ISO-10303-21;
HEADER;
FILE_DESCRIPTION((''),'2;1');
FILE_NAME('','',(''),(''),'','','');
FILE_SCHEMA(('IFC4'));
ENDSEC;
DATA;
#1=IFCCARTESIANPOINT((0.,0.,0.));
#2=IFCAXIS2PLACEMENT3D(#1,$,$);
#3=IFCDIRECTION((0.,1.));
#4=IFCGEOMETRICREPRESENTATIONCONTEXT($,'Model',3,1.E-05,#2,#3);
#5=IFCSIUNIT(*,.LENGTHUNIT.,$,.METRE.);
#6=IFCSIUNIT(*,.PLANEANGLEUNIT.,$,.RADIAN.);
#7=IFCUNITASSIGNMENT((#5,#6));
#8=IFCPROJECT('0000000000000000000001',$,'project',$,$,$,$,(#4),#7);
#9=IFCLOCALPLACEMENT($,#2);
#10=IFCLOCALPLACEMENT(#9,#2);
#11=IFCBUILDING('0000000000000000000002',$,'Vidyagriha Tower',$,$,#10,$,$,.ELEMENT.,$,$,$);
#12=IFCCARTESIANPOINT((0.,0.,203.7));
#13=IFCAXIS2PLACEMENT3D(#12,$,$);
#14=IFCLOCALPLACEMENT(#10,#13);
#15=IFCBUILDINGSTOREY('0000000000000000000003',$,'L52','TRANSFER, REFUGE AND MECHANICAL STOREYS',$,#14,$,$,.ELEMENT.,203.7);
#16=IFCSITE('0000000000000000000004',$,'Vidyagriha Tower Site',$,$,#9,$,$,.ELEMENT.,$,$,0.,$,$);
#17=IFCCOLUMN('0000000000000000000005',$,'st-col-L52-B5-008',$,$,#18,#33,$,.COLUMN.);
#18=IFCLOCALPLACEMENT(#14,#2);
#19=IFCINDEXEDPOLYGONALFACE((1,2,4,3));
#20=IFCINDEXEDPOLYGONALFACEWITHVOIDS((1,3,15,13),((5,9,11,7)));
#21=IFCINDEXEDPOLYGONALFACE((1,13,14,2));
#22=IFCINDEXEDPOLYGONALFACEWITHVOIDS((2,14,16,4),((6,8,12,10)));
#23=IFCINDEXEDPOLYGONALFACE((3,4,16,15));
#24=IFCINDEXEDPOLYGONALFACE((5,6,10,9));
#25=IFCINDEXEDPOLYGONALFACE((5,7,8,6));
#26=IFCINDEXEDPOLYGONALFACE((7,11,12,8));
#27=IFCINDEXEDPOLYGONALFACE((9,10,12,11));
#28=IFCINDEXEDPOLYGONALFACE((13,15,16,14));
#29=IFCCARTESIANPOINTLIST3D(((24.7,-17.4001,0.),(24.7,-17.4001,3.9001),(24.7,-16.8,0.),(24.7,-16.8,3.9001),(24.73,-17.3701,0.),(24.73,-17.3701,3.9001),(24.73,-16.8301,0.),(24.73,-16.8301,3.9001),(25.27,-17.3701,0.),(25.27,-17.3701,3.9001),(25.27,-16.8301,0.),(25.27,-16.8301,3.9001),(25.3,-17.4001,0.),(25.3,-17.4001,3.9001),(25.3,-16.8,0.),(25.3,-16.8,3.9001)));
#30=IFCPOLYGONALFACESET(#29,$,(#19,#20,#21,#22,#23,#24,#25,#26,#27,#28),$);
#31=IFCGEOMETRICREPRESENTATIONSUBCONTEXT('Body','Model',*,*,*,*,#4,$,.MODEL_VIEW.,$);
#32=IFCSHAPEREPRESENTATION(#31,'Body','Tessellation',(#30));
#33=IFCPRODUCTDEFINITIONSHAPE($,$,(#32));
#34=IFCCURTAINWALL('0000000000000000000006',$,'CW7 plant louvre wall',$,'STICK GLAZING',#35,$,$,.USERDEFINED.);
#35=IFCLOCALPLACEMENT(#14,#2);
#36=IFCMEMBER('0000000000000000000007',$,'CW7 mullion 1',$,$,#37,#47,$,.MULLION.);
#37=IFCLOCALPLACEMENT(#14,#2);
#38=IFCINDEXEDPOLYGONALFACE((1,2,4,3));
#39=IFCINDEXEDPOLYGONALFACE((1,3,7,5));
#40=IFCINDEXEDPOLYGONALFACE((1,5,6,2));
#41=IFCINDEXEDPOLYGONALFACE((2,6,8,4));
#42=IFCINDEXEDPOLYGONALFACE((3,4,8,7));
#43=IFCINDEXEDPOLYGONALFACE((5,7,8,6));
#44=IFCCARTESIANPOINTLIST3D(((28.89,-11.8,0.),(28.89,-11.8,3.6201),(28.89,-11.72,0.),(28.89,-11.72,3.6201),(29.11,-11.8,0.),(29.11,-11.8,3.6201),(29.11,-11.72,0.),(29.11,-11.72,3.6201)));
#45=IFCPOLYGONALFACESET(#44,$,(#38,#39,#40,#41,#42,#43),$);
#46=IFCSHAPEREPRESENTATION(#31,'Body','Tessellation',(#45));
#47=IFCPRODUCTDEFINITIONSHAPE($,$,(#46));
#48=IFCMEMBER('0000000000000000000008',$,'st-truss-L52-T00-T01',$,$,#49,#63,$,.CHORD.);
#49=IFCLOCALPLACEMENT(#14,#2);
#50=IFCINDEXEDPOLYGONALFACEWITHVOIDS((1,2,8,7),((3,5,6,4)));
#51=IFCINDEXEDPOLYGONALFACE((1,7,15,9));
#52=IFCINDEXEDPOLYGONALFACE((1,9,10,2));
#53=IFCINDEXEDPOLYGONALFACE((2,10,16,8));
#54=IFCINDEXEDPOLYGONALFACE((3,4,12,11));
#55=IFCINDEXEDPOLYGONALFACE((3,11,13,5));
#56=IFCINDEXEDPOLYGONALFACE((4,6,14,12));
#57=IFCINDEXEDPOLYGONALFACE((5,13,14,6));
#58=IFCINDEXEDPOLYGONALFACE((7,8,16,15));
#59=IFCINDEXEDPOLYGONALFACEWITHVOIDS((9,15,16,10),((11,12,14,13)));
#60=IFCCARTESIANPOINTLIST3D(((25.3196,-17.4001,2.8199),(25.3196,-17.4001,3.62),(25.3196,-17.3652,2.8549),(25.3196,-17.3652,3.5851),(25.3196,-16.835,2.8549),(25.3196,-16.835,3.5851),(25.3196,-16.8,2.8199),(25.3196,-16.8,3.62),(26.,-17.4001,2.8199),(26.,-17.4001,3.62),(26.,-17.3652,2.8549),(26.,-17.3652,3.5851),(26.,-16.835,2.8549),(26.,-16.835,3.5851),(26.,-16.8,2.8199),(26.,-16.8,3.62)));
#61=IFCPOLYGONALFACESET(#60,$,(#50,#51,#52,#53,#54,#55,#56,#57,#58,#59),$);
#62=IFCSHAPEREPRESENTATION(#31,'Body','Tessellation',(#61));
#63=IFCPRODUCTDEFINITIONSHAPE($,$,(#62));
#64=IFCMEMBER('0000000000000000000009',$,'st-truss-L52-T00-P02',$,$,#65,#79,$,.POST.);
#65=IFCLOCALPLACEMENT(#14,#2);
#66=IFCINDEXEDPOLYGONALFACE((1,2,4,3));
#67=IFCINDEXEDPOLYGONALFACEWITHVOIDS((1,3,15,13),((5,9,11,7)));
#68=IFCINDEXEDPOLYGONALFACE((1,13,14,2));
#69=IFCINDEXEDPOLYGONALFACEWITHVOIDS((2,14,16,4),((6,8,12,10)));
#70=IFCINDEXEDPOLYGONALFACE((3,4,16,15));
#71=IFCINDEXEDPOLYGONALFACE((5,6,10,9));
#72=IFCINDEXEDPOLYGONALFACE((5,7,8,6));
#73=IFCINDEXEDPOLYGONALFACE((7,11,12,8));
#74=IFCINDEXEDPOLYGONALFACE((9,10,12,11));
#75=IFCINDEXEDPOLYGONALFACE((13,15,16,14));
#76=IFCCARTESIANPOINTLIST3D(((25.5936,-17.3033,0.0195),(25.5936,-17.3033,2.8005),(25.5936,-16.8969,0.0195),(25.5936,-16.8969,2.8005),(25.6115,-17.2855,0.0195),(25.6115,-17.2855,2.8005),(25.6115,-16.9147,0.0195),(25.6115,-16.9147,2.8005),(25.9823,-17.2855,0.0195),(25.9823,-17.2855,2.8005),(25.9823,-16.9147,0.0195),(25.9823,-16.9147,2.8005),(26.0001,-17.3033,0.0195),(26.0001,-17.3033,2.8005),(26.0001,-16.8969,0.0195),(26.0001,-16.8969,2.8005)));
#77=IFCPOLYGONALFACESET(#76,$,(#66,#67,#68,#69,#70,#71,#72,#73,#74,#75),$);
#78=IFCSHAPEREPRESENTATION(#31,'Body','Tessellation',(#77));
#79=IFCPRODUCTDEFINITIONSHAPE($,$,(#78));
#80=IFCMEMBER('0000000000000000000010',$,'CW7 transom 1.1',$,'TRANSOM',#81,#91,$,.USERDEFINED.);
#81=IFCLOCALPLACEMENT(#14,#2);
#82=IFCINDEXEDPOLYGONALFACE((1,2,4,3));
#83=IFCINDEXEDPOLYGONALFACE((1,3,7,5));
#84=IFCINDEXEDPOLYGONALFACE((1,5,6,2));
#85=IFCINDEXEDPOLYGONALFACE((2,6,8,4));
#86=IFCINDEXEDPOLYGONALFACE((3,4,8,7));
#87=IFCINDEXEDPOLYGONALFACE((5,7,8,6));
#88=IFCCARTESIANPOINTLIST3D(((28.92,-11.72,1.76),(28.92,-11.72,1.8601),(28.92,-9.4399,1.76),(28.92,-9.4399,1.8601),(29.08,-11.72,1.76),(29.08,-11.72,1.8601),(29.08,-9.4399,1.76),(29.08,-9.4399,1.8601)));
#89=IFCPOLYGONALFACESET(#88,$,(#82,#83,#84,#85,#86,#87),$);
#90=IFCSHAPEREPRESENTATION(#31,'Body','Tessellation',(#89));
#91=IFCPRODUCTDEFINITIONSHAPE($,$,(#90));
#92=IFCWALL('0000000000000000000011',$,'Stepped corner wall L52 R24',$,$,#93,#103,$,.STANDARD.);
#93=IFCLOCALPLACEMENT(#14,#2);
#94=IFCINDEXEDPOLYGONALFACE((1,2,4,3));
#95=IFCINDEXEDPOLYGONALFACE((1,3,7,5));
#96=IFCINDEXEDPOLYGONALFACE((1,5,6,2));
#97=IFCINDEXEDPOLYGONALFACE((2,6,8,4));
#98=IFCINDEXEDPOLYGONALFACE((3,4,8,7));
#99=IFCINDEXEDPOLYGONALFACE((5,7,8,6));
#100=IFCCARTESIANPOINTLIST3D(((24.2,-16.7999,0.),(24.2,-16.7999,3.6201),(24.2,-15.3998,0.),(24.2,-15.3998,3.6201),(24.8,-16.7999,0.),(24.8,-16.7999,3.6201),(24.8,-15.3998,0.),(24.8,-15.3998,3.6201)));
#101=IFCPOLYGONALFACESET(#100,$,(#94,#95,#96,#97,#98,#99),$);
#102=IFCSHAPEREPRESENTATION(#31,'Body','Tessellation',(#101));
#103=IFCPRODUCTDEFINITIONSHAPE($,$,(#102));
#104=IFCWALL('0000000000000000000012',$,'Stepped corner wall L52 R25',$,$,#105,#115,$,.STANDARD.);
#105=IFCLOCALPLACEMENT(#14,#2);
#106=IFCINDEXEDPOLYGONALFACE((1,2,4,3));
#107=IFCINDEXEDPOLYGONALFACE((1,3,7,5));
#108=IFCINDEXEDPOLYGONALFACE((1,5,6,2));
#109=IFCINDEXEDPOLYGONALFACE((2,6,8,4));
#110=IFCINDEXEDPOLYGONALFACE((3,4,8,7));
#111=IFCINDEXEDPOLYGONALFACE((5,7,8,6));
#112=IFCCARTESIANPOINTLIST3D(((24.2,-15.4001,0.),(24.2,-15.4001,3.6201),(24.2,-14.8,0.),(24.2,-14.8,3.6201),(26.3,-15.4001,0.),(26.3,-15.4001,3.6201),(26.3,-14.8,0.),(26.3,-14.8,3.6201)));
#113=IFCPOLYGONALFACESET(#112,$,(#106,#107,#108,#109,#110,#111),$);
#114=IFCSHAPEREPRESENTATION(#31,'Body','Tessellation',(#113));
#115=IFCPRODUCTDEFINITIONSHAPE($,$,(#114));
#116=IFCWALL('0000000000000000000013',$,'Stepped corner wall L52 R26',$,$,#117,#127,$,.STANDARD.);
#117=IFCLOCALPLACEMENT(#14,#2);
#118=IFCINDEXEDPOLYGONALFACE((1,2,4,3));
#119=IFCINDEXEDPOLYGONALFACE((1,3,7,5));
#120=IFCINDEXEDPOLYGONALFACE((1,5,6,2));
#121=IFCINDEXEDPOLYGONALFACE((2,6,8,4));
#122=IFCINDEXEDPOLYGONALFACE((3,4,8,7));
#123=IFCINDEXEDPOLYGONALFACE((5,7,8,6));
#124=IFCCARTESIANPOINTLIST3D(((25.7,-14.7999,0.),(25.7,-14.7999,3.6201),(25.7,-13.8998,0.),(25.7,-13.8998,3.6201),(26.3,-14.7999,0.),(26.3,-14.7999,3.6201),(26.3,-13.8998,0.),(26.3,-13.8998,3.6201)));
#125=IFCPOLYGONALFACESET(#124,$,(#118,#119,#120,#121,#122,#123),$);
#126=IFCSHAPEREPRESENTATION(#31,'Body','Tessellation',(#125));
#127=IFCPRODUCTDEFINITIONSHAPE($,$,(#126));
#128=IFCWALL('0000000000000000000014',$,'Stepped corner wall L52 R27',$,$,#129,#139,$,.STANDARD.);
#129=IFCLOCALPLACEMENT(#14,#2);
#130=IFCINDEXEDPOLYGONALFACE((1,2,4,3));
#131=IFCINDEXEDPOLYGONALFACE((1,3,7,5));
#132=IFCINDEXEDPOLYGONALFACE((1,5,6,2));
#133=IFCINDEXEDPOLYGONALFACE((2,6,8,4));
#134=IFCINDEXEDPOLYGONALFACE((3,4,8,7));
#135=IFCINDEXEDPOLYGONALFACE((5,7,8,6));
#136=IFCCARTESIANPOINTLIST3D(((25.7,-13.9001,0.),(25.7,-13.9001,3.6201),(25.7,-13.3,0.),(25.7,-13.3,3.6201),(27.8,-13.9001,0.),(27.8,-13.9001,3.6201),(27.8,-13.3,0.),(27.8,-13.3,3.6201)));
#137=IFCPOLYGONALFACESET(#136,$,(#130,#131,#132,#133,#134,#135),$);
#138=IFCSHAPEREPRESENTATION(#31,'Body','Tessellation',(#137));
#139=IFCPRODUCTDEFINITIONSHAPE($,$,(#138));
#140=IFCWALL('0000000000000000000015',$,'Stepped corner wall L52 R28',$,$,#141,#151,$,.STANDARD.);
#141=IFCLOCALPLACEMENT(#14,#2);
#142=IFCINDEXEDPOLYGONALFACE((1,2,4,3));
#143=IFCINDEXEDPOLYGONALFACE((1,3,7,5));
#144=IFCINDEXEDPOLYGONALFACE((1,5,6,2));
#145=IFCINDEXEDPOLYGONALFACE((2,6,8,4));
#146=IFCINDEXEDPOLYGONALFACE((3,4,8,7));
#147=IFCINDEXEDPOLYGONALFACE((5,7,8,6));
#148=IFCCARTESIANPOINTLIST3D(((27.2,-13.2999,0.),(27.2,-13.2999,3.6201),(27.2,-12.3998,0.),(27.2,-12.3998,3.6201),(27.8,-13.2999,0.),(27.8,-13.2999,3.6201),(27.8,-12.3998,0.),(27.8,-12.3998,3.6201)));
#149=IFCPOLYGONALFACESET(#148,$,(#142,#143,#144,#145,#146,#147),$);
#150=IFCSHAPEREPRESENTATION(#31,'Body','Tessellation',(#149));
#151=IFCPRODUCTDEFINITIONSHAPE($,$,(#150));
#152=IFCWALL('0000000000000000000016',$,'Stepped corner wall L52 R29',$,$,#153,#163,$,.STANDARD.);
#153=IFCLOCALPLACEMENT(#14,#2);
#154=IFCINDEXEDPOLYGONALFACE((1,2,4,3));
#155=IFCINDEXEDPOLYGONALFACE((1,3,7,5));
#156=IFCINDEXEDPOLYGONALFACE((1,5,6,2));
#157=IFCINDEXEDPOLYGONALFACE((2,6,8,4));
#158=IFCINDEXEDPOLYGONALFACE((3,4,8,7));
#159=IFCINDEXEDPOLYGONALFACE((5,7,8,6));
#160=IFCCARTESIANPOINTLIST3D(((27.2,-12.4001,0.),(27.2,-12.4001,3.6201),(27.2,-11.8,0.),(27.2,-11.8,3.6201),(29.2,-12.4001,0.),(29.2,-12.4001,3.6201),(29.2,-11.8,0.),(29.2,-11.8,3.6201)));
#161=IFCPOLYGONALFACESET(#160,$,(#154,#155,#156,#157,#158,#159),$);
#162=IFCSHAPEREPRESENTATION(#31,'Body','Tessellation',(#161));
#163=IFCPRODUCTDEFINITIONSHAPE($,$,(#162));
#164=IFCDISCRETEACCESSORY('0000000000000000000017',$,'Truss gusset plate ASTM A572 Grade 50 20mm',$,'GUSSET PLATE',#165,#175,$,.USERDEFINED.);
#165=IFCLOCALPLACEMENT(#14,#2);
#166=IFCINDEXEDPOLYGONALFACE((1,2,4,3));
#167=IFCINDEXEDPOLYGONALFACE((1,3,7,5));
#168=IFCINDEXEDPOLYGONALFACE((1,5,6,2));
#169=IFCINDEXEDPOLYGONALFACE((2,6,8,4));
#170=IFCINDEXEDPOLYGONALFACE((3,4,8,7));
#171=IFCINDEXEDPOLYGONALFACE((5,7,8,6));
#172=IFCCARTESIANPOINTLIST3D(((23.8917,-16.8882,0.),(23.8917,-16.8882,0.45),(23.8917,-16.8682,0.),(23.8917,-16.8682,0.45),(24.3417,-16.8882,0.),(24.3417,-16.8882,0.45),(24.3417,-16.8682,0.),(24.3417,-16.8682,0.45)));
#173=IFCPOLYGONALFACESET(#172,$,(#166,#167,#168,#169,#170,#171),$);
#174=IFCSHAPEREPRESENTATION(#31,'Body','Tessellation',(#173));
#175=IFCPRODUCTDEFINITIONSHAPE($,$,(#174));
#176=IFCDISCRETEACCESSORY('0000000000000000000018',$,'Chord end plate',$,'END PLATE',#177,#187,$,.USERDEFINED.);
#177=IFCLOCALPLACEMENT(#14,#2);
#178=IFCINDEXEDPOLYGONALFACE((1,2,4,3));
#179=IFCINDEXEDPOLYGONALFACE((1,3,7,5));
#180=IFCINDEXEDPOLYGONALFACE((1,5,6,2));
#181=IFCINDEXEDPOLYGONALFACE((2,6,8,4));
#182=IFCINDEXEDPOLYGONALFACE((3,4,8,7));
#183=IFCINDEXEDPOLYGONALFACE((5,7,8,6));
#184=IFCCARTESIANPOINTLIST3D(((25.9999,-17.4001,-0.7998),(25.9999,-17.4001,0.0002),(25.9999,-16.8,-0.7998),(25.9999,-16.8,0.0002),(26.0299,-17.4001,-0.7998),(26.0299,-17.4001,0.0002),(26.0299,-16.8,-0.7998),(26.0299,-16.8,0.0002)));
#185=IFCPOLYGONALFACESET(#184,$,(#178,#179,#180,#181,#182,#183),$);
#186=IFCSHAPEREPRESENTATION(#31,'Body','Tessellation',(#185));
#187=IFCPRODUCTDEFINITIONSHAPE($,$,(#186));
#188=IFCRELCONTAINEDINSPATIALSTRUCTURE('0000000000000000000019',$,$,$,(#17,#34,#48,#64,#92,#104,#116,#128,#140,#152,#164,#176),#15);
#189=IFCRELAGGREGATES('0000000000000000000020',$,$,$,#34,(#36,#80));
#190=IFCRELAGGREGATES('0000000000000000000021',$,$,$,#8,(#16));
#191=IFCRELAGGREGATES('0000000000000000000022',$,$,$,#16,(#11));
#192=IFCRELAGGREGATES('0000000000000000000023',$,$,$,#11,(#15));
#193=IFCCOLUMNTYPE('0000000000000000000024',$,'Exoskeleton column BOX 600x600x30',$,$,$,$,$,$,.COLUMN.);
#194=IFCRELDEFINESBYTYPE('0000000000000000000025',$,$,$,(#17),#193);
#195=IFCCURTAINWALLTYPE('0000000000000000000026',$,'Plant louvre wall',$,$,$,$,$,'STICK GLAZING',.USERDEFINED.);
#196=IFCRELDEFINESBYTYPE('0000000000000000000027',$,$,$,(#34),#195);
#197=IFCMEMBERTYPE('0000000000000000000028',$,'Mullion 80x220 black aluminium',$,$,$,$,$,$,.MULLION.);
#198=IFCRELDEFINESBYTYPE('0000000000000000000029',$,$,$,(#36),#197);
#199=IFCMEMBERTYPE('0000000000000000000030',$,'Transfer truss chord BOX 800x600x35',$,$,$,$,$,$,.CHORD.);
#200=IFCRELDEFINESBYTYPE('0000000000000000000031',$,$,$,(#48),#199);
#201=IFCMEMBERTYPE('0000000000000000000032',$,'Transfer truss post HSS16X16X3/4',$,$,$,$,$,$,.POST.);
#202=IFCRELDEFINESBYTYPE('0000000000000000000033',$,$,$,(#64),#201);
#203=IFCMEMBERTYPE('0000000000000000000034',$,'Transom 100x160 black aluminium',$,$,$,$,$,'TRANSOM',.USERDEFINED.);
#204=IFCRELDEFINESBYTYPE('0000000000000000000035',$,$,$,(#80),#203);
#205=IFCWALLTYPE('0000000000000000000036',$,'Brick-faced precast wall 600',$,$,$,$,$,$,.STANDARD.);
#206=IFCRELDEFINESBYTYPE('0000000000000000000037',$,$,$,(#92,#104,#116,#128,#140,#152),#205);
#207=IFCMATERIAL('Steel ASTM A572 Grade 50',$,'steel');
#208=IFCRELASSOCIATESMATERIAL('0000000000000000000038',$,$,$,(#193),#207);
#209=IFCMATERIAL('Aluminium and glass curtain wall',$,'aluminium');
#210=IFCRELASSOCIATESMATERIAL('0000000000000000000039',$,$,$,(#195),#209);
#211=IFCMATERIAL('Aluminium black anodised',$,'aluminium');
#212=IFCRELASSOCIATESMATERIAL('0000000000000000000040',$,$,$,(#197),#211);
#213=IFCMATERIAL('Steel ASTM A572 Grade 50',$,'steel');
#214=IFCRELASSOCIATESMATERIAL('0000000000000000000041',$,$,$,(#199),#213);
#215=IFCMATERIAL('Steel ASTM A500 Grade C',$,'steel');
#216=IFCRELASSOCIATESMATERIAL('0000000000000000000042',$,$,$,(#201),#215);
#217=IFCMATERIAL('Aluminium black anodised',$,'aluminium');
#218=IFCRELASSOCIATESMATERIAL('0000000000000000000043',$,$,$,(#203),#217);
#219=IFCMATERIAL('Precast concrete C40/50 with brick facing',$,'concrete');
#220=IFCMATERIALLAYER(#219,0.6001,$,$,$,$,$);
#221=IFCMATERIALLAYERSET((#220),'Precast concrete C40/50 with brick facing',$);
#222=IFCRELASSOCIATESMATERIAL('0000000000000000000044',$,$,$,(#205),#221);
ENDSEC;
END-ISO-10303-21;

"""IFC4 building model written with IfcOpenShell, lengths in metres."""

from ifc_helpers import new_model, si_unit, direction, frame, frame_2d, origin, origin_2d, place, context, subcontext, project, spatial, rectangle, hollow_rectangle, extrude, material, layer, layer_set, material_profile, profile_set, type_object, element, aggregate, save


model = new_model("IFC4")

# Units and contexts
model_context = context("Model", 3, precision=1e-05, world=origin(), true_north=direction((0.0, 1.0)))
body_context = subcontext(model_context, "Body", "Model", "MODEL_VIEW")
ifc_project = project(units=[si_unit("LENGTHUNIT", "METRE"), si_unit("PLANEANGLEUNIT", "RADIAN")], contexts=[model_context])

# Site, building, storey
site_placement = place(None, origin())
site = spatial("IfcSite", under=ifc_project, at=site_placement, Name="Vidyagriha Tower Site", CompositionType="ELEMENT", RefElevation=0.0)
building_placement = place(site_placement, origin())
building = spatial("IfcBuilding", under=site, at=building_placement, Name="Vidyagriha Tower", CompositionType="ELEMENT")
storey_placement = place(building_placement, frame((0.0, 0.0, 203.7)))
storey = spatial("IfcBuildingStorey", under=building, at=storey_placement, Name="L52", Description="TRANSFER, REFUGE AND MECHANICAL STOREYS", CompositionType="ELEMENT", Elevation=203.7)

# Column
ifc_material_1 = material(Name="Steel ASTM A572 Grade 50", Category="steel")
ifc_material_profile_1 = material_profile(ifc_material_1, hollow_rectangle(XDim=0.6001, YDim=0.6001, WallThickness=0.03, at=origin_2d()), Name="BOX 600x600x30")
ifc_profile_set_1 = profile_set([ifc_material_profile_1], Name="Steel ASTM A572 Grade 50")
column_type = type_object("IfcColumnType", Name="Exoskeleton column BOX 600x600x30", PredefinedType="COLUMN", material=ifc_profile_set_1)
column_placement = place(storey_placement, frame((25.0, -17.1001, 0.0)))
element("IfcColumn", 1, at=column_placement, inside=storey, type_object=column_type, Name="st-col-L52-B5-008", PredefinedType="COLUMN", context=body_context, shape_type="SweptSolid", body=[
    extrude(hollow_rectangle(XDim=0.6001, YDim=0.6001, WallThickness=0.03, at=origin_2d()), origin(), (0.0, 0.0, 1.0), 3.9001),
])

# Curtain wall, member
ifc_material_2 = material(Name="Aluminium and glass curtain wall", Category="aluminium")
curtain_wall_type = type_object("IfcCurtainWallType", Name="Plant louvre wall", ElementType="STICK GLAZING", PredefinedType="USERDEFINED", material=ifc_material_2)
curtain_wall_placement = place(storey_placement, origin())
curtain_wall = element("IfcCurtainWall", 2, at=curtain_wall_placement, inside=storey, type_object=curtain_wall_type, Name="CW7 plant louvre wall", ObjectType="STICK GLAZING", PredefinedType="USERDEFINED")
ifc_material_3 = material(Name="Aluminium black anodised", Category="aluminium")
ifc_material_profile_2 = material_profile(ifc_material_3, rectangle(XDim=0.22, YDim=0.0801, at=origin_2d()), Name="Mullion 80x220 black aluminium")
ifc_profile_set_2 = profile_set([ifc_material_profile_2], Name="Aluminium black anodised")
member_type_1 = type_object("IfcMemberType", Name="Mullion 80x220 black aluminium", PredefinedType="MULLION", material=ifc_profile_set_2)
member_1_placement = place(storey_placement, frame((29.0, -11.76, 0.0), z_axis=(0.0, 0.0, 1.0), x_axis=(-1.0, 0.0, 0.0)))
member_1 = element("IfcMember", 3, at=member_1_placement, type_object=member_type_1, Name="CW7 mullion 1", PredefinedType="MULLION", context=body_context, shape_type="SweptSolid", body=[
    extrude(rectangle(XDim=0.22, YDim=0.0801, at=origin_2d()), origin(), (0.0, 0.0, 1.0), 3.6201),
])

# Members
ifc_material_4 = material(Name="Steel ASTM A572 Grade 50", Category="steel")
ifc_material_profile_3 = material_profile(ifc_material_4, hollow_rectangle(XDim=0.6001, YDim=0.8, WallThickness=0.0349, at=origin_2d()), Name="BOX 800x600x35")
ifc_profile_set_3 = profile_set([ifc_material_profile_3], Name="Steel ASTM A572 Grade 50")
member_type_2 = type_object("IfcMemberType", Name="Transfer truss chord BOX 800x600x35", PredefinedType="CHORD", material=ifc_profile_set_3)
member_2_placement = place(storey_placement, frame((25.3196, -17.1001, 3.22), z_axis=(1.0, 0.0, 0.0), x_axis=(0.0, 1.0, 0.0)))
element("IfcMember", 4, at=member_2_placement, inside=storey, type_object=member_type_2, Name="st-truss-L52-T00-T01", PredefinedType="CHORD", context=body_context, shape_type="SweptSolid", body=[
    extrude(hollow_rectangle(XDim=0.6001, YDim=0.8, WallThickness=0.0349, at=origin_2d()), origin(), (0.0, 0.0, 1.0), 0.6804),
])
ifc_material_5 = material(Name="Steel ASTM A500 Grade C", Category="steel")
ifc_material_profile_4 = material_profile(ifc_material_5, hollow_rectangle(XDim=0.4065, YDim=0.4065, WallThickness=0.0178, at=origin_2d()), Name="HSS16X16X3/4")
ifc_profile_set_4 = profile_set([ifc_material_profile_4], Name="Steel ASTM A500 Grade C")
member_type_3 = type_object("IfcMemberType", Name="Transfer truss post HSS16X16X3/4", PredefinedType="POST", material=ifc_profile_set_4)
member_3_placement = place(storey_placement, frame((25.7969, -17.1001, 0.0195)))
element("IfcMember", 5, at=member_3_placement, inside=storey, type_object=member_type_3, Name="st-truss-L52-T00-P02", PredefinedType="POST", context=body_context, shape_type="SweptSolid", body=[
    extrude(hollow_rectangle(XDim=0.4065, YDim=0.4065, WallThickness=0.0178, at=origin_2d()), origin(), (0.0, 0.0, 1.0), 2.781),
])

# Member
ifc_material_6 = material(Name="Aluminium black anodised", Category="aluminium")
ifc_material_profile_5 = material_profile(ifc_material_6, rectangle(XDim=0.1599, YDim=0.1001, at=origin_2d()), Name="Transom 100x160 black aluminium")
ifc_profile_set_5 = profile_set([ifc_material_profile_5], Name="Aluminium black anodised")
member_type_4 = type_object("IfcMemberType", Name="Transom 100x160 black aluminium", ElementType="TRANSOM", PredefinedType="USERDEFINED", material=ifc_profile_set_5)
member_4_placement = place(storey_placement, frame((29.0, -11.72, 1.8101), z_axis=(0.0, 1.0, 0.0), x_axis=(-1.0, 0.0, 0.0)))
member_4 = element("IfcMember", 6, at=member_4_placement, type_object=member_type_4, Name="CW7 transom 1.1", ObjectType="TRANSOM", PredefinedType="USERDEFINED", context=body_context, shape_type="SweptSolid", body=[
    extrude(rectangle(XDim=0.1599, YDim=0.1001, at=origin_2d()), origin(), (0.0, 0.0, 1.0), 2.28),
])
aggregate(curtain_wall, [member_1, member_4])

# Walls
ifc_material_7 = material(Name="Precast concrete C40/50 with brick facing", Category="concrete")
ifc_layer = layer(ifc_material_7, 0.6001)
ifc_layer_set = layer_set([ifc_layer], Name="Precast concrete C40/50 with brick facing")
wall_type = type_object("IfcWallType", Name="Brick-faced precast wall 600", PredefinedType="STANDARD", material=ifc_layer_set)
wall_1_placement = place(storey_placement, frame((24.5, -16.8, 0.0), z_axis=(0.0, 0.0, 1.0), x_axis=(0.0, 1.0, 0.0)))
element("IfcWall", 7, at=wall_1_placement, inside=storey, type_object=wall_type, Name="Stepped corner wall L52 R24", PredefinedType="STANDARD", context=body_context, shape_type="SweptSolid", body=[
    extrude(rectangle(XDim=1.4001, YDim=0.6001, at=frame_2d((0.7002, 0.0))), origin(), (0.0, 0.0, 1.0), 3.6201),
])
wall_2_placement = place(storey_placement, frame((24.2, -15.1001, 0.0)))
element("IfcWall", 8, at=wall_2_placement, inside=storey, type_object=wall_type, Name="Stepped corner wall L52 R25", PredefinedType="STANDARD", context=body_context, shape_type="SweptSolid", body=[
    extrude(rectangle(XDim=2.1001, YDim=0.6001, at=frame_2d((1.05, 0.0))), origin(), (0.0, 0.0, 1.0), 3.6201),
])
wall_3_placement = place(storey_placement, frame((26.0, -14.8, 0.0), z_axis=(0.0, 0.0, 1.0), x_axis=(0.0, 1.0, 0.0)))
element("IfcWall", 9, at=wall_3_placement, inside=storey, type_object=wall_type, Name="Stepped corner wall L52 R26", PredefinedType="STANDARD", context=body_context, shape_type="SweptSolid", body=[
    extrude(rectangle(XDim=0.9001, YDim=0.6001, at=frame_2d((0.4502, 0.0))), origin(), (0.0, 0.0, 1.0), 3.6201),
])
wall_4_placement = place(storey_placement, frame((25.7, -13.6001, 0.0)))
element("IfcWall", 10, at=wall_4_placement, inside=storey, type_object=wall_type, Name="Stepped corner wall L52 R27", PredefinedType="STANDARD", context=body_context, shape_type="SweptSolid", body=[
    extrude(rectangle(XDim=2.1001, YDim=0.6001, at=frame_2d((1.05, 0.0))), origin(), (0.0, 0.0, 1.0), 3.6201),
])
wall_5_placement = place(storey_placement, frame((27.5, -13.3, 0.0), z_axis=(0.0, 0.0, 1.0), x_axis=(0.0, 1.0, 0.0)))
element("IfcWall", 11, at=wall_5_placement, inside=storey, type_object=wall_type, Name="Stepped corner wall L52 R28", PredefinedType="STANDARD", context=body_context, shape_type="SweptSolid", body=[
    extrude(rectangle(XDim=0.9001, YDim=0.6001, at=frame_2d((0.4502, 0.0))), origin(), (0.0, 0.0, 1.0), 3.6201),
])
wall_6_placement = place(storey_placement, frame((27.2, -12.1001, 0.0)))
element("IfcWall", 12, at=wall_6_placement, inside=storey, type_object=wall_type, Name="Stepped corner wall L52 R29", PredefinedType="STANDARD", context=body_context, shape_type="SweptSolid", body=[
    extrude(rectangle(XDim=2.0, YDim=0.6001, at=frame_2d((1.0, 0.0))), origin(), (0.0, 0.0, 1.0), 3.6201),
])

# Discrete accessories
discrete_accessory_1_placement = place(storey_placement, frame((24.1167, -16.8782, 0.0)))
element("IfcDiscreteAccessory", 13, at=discrete_accessory_1_placement, inside=storey, Name="Truss gusset plate ASTM A572 Grade 50 20mm", ObjectType="GUSSET PLATE", PredefinedType="USERDEFINED", context=body_context, shape_type="SweptSolid", body=[
    extrude(rectangle(XDim=0.45, YDim=0.02, at=origin_2d()), origin(), (0.0, 0.0, 1.0), 0.45),
])
for number, where, name in (
    (14, (26.0149, -17.1001, -0.7998), "Chord end plate"),
):
    element("IfcDiscreteAccessory", number, at=place(storey_placement, frame(where)), inside=storey, Name=name, ObjectType="END PLATE", PredefinedType="USERDEFINED", context=body_context, shape_type="SweptSolid", body=[
        extrude(rectangle(XDim=0.03, YDim=0.6001, at=origin_2d()), origin(), (0.0, 0.0, 1.0), 0.8),
    ])

save(model, "model.ifc")
